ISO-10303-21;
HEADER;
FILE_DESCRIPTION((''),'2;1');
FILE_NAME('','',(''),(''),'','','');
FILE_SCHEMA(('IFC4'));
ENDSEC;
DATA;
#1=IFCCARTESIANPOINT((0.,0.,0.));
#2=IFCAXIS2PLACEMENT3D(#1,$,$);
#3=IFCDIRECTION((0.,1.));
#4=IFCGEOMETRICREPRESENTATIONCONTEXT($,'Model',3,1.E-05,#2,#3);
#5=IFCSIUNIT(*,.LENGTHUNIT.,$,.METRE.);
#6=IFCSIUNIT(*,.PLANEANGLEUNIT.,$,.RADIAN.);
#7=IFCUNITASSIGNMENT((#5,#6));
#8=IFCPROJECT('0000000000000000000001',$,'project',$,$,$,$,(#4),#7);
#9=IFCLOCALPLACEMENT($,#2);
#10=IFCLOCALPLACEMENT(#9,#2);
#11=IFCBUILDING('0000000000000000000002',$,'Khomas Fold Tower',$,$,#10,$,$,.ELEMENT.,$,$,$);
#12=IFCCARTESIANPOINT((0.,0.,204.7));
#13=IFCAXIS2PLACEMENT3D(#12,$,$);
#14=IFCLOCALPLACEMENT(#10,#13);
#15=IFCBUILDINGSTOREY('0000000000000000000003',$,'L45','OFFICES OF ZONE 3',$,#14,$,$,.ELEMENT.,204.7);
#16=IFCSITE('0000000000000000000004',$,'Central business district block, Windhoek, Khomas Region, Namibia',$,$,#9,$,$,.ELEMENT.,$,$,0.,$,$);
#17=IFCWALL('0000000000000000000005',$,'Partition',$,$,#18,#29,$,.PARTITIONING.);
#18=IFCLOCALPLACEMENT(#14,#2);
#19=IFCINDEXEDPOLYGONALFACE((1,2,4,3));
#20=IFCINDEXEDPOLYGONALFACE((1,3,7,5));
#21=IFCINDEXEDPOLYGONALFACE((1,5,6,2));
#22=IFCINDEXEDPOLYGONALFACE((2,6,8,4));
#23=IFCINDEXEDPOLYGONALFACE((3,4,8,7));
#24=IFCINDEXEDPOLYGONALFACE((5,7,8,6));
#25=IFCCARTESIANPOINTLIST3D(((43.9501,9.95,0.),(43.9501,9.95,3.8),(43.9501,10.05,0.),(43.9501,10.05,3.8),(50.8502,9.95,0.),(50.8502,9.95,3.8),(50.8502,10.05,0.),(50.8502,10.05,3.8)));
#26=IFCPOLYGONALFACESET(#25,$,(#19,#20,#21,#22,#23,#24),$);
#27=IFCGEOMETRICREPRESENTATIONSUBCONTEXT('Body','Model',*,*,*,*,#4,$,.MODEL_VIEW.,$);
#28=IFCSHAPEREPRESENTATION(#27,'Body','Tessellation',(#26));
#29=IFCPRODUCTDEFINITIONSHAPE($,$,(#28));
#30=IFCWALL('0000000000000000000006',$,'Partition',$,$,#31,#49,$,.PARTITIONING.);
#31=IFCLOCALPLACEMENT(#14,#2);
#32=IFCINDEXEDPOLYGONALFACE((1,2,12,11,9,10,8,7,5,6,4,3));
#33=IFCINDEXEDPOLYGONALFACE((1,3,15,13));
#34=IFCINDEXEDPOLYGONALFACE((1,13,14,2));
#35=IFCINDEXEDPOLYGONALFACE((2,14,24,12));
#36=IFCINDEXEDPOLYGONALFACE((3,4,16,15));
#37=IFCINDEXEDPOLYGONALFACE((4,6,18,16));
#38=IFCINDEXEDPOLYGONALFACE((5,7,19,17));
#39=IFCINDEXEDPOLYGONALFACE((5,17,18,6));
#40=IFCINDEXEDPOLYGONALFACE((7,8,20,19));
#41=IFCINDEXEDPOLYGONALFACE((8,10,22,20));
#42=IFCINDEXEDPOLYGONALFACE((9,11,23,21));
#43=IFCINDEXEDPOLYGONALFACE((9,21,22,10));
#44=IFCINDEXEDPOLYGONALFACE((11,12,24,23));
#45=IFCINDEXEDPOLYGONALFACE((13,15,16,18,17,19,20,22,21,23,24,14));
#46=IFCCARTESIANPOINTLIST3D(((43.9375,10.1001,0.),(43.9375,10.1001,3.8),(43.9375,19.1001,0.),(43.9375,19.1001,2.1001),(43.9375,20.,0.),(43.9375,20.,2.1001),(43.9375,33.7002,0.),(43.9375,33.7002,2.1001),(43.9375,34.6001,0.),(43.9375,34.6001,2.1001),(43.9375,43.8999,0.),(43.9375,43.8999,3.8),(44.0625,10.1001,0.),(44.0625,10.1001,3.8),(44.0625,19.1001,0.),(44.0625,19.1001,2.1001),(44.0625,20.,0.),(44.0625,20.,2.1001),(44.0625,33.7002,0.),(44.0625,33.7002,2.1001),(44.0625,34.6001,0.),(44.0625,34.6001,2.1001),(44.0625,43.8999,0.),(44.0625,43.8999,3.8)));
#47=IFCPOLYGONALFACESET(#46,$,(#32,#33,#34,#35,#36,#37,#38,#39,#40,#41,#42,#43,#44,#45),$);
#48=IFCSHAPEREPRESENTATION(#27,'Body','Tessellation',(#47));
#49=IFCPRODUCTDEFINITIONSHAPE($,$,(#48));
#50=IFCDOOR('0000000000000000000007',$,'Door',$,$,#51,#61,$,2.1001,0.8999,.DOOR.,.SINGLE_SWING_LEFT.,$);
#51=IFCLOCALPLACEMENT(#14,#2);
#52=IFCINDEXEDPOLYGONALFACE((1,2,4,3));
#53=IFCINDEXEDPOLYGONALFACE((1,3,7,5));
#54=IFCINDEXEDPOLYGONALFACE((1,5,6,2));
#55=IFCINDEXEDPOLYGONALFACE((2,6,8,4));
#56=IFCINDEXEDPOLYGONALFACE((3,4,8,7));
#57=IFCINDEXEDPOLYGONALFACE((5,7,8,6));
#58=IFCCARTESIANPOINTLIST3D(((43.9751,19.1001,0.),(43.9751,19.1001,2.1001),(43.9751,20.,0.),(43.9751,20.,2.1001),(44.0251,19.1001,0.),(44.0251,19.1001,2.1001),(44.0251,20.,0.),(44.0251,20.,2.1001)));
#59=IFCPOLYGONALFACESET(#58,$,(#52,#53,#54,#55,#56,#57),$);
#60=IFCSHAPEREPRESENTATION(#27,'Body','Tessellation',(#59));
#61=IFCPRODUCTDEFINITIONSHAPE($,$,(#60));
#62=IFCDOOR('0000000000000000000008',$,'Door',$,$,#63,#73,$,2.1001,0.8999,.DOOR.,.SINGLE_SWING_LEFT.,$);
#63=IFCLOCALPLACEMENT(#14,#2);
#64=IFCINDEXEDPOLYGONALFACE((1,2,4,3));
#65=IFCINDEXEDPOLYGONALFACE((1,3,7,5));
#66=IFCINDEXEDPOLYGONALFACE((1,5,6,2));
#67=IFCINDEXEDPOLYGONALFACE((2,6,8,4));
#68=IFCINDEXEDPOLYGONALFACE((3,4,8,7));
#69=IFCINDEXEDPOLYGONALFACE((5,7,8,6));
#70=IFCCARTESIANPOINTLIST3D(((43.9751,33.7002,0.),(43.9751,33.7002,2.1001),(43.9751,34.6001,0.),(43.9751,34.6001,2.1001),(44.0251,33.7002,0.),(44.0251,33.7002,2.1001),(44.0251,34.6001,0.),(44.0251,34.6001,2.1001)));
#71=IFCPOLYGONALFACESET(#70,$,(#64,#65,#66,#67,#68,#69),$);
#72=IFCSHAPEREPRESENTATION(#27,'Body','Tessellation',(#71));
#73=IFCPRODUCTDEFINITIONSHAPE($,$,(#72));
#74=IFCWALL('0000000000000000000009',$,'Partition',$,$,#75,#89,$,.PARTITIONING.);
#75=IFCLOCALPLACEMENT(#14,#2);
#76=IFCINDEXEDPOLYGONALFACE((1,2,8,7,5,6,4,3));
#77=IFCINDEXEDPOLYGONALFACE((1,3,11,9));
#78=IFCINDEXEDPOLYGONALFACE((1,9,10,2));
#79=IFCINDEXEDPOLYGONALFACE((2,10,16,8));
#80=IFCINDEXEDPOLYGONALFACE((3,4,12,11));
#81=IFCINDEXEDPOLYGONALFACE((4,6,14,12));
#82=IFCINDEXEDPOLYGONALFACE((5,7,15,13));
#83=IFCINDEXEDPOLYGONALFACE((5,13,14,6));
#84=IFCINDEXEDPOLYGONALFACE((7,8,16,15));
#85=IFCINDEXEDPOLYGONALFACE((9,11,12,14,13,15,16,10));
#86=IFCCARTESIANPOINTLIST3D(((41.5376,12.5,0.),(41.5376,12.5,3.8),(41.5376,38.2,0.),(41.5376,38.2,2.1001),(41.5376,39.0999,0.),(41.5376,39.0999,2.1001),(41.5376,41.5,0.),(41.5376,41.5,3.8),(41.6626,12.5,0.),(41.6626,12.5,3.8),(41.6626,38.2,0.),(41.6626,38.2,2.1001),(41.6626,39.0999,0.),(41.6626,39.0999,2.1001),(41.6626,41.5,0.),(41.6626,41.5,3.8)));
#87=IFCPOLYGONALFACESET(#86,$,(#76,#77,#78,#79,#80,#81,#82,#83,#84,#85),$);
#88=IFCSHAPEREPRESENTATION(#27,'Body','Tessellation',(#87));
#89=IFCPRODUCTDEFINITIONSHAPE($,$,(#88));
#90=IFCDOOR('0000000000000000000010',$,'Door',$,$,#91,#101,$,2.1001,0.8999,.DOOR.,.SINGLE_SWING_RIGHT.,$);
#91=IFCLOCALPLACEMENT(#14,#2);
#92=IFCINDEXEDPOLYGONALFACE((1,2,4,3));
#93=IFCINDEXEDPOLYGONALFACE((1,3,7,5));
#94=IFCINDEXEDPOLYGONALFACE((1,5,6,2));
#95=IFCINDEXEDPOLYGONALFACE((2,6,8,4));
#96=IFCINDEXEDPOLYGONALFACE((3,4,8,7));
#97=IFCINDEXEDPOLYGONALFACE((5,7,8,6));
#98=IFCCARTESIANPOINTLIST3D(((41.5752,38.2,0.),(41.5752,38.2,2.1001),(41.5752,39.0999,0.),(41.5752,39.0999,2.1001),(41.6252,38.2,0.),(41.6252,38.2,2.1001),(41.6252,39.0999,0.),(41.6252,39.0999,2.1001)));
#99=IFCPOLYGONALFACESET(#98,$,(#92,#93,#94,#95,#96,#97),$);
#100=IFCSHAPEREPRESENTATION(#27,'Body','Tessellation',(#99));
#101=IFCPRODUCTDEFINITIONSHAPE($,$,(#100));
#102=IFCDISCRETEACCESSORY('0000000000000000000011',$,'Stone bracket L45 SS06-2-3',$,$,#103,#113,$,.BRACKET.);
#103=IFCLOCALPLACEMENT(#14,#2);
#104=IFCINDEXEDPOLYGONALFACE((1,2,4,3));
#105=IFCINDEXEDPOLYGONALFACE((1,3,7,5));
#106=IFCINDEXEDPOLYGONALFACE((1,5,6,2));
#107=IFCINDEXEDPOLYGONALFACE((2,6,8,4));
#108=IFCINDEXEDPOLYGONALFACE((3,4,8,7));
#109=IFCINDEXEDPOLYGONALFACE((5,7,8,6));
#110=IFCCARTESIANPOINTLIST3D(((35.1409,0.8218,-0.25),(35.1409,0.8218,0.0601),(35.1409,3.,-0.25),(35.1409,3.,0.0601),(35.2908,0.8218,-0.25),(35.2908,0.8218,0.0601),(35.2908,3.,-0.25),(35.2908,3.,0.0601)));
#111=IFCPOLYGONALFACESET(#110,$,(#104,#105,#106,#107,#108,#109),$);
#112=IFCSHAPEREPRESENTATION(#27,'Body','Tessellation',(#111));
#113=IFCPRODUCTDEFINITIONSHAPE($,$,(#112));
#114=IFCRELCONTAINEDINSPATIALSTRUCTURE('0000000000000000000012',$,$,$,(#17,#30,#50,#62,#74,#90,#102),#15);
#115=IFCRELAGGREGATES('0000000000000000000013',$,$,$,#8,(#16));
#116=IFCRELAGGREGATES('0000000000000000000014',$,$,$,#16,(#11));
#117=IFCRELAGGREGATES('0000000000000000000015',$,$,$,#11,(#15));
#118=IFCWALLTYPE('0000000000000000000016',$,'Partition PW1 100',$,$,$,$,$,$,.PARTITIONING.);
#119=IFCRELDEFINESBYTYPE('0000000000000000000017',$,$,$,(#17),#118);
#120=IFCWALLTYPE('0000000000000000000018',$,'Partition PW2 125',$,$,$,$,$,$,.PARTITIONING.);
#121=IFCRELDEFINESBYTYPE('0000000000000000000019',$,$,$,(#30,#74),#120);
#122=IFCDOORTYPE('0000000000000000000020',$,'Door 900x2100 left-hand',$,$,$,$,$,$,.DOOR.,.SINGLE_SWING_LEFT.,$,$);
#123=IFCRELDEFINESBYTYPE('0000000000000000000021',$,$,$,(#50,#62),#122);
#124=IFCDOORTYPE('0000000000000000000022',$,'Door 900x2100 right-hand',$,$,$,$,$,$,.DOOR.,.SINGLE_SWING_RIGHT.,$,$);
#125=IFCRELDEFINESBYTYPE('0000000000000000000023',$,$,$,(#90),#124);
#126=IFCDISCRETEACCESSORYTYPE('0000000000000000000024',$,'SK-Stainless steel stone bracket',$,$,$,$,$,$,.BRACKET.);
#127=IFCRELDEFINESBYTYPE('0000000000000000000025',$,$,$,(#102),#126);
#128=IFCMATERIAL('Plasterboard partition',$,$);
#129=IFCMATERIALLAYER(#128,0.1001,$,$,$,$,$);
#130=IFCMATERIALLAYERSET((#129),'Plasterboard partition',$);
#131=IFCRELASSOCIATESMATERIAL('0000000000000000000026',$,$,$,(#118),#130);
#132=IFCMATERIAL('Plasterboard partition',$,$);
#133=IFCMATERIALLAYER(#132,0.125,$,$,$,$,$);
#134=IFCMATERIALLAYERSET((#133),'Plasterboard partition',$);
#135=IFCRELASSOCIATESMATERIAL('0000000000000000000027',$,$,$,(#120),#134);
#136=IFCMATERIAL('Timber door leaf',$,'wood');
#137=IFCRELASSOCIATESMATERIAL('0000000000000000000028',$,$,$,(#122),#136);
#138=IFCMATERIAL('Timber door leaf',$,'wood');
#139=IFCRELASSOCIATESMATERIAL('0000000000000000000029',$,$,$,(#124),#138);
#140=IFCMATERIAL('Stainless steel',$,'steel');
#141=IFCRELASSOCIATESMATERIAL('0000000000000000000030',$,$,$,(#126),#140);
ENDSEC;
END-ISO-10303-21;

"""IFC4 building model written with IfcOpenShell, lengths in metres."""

from ifc_helpers import new_model, si_unit, direction, frame, frame_2d, origin, origin_2d, place, context, subcontext, project, spatial, rectangle, extrude, source, transform, mapped, material, layer, layer_set, type_object, element, fill, save


model = new_model("IFC4")

# Units and contexts
model_context = context("Model", 3, precision=1e-05, world=origin(), true_north=direction((0.0, 1.0)))
body_context = subcontext(model_context, "Body", "Model", "MODEL_VIEW")
ifc_project = project(units=[si_unit("LENGTHUNIT", "METRE"), si_unit("PLANEANGLEUNIT", "RADIAN")], contexts=[model_context])

# Site, building, storey
site_placement = place(None, origin())
site = spatial("IfcSite", under=ifc_project, at=site_placement, Name="Central business district block, Windhoek, Khomas Region, Namibia", CompositionType="ELEMENT", RefElevation=0.0)
building_placement = place(site_placement, origin())
building = spatial("IfcBuilding", under=site, at=building_placement, Name="Khomas Fold Tower", CompositionType="ELEMENT")
storey_placement = place(building_placement, frame((0.0, 0.0, 204.7)))
storey = spatial("IfcBuildingStorey", under=building, at=storey_placement, Name="L45", Description="OFFICES OF ZONE 3", CompositionType="ELEMENT", Elevation=204.7)

# Wall
ifc_material_1 = material(Name="Plasterboard partition")
ifc_layer_1 = layer(ifc_material_1, 0.1001)
ifc_layer_set_1 = layer_set([ifc_layer_1], Name="Plasterboard partition")
wall_type_1 = type_object("IfcWallType", Name="Partition PW1 100", PredefinedType="PARTITIONING", material=ifc_layer_set_1)
shared_shape_1 = source(origin(), body_context, "Body", "SweptSolid", [
    extrude(rectangle(XDim=6.9001, YDim=0.1001, at=frame_2d((3.4502, 0.0))), origin(), (0.0, 0.0, 1.0), 3.8),
])
wall_1_placement = place(storey_placement, frame((43.95, 10.0, 0.0), z_axis=(0.0, 0.0, 1.0), x_axis=(1.0, 0.0, 0.0)))
element("IfcWall", 1, at=wall_1_placement, inside=storey, type_object=wall_type_1, Name="Partition", PredefinedType="PARTITIONING", context=body_context, shape_type="MappedRepresentation", body=[
    mapped(shared_shape_1, transform((0.0, 0.0, 0.0))),
])

# Wall, openings, doors
ifc_material_2 = material(Name="Plasterboard partition")
ifc_layer_2 = layer(ifc_material_2, 0.125)
ifc_layer_set_2 = layer_set([ifc_layer_2], Name="Plasterboard partition")
wall_type_2 = type_object("IfcWallType", Name="Partition PW2 125", PredefinedType="PARTITIONING", material=ifc_layer_set_2)
shared_shape_2 = source(origin(), body_context, "Body", "SweptSolid", [
    extrude(rectangle(XDim=33.7998, YDim=0.125, at=frame_2d((16.8999, 0.0))), origin(), (0.0, 0.0, 1.0), 3.8),
])
wall_2_placement = place(storey_placement, frame((44.0, 10.1001, 0.0), z_axis=(0.0, 0.0, 1.0), x_axis=(0.0, 1.0, 0.0)))
wall_2 = element("IfcWall", 2, at=wall_2_placement, inside=storey, type_object=wall_type_2, Name="Partition", PredefinedType="PARTITIONING", context=body_context, shape_type="MappedRepresentation", body=[
    mapped(shared_shape_2, transform((0.0, 0.0, 0.0))),
])
shared_shape_3 = source(origin(), body_context, "Body", "SweptSolid", [
    extrude(rectangle(XDim=0.8999, YDim=2.1001, at=frame_2d((0.45, 1.05))), frame((0.0, 0.0725, 0.0), z_axis=(0.0, -1.0, 0.0), x_axis=(1.0, 0.0, 0.0)), (0.0, 0.0, 1.0), 0.145),
])
opening_1_placement = place(wall_2_placement, frame((9.0, 0.0, 0.0)))
opening_1 = element("IfcOpeningElement", 3, at=opening_1_placement, cuts=wall_2, PredefinedType="OPENING", context=body_context, shape_type="MappedRepresentation", body=[
    mapped(shared_shape_3, transform((0.0, 0.0, 0.0))),
])
opening_2_placement = place(wall_2_placement, frame((23.6001, 0.0, 0.0)))
opening_2 = element("IfcOpeningElement", 4, at=opening_2_placement, cuts=wall_2, PredefinedType="OPENING", context=body_context, shape_type="MappedRepresentation", body=[
    mapped(shared_shape_3, transform((0.0, 0.0, 0.0))),
])
ifc_material_3 = material(Name="Timber door leaf", Category="wood")
door_type_1 = type_object("IfcDoorType", Name="Door 900x2100 left-hand", OperationType="SINGLE_SWING_LEFT", PredefinedType="DOOR", material=ifc_material_3)
shared_shape_4 = source(origin(), body_context, "Body", "SweptSolid", [
    extrude(rectangle(XDim=0.8999, YDim=2.1001, at=frame_2d((0.45, 1.05))), frame((0.0, 0.0249, 0.0), z_axis=(0.0, -1.0, 0.0), x_axis=(1.0, 0.0, 0.0)), (0.0, 0.0, 1.0), 0.05),
])
door_1_placement = place(opening_1_placement, origin())
door_1 = element("IfcDoor", 5, at=door_1_placement, inside=storey, type_object=door_type_1, Name="Door", OperationType="SINGLE_SWING_LEFT", OverallHeight=2.1001, OverallWidth=0.8999, PredefinedType="DOOR", context=body_context, shape_type="MappedRepresentation", body=[
    mapped(shared_shape_4, transform((0.0, 0.0, 0.0))),
])
fill(opening_1, door_1)
door_2_placement = place(opening_2_placement, origin())
door_2 = element("IfcDoor", 6, at=door_2_placement, inside=storey, type_object=door_type_1, Name="Door", OperationType="SINGLE_SWING_LEFT", OverallHeight=2.1001, OverallWidth=0.8999, PredefinedType="DOOR", context=body_context, shape_type="MappedRepresentation", body=[
    mapped(shared_shape_4, transform((0.0, 0.0, 0.0))),
])
fill(opening_2, door_2)

# Wall, opening, door
shared_shape_5 = source(origin(), body_context, "Body", "SweptSolid", [
    extrude(rectangle(XDim=29.0, YDim=0.125, at=frame_2d((14.5, 0.0))), origin(), (0.0, 0.0, 1.0), 3.8),
])
wall_3_placement = place(storey_placement, frame((41.6001, 12.5, 0.0), z_axis=(0.0, 0.0, 1.0), x_axis=(0.0, 1.0, 0.0)))
wall_3 = element("IfcWall", 7, at=wall_3_placement, inside=storey, type_object=wall_type_2, Name="Partition", PredefinedType="PARTITIONING", context=body_context, shape_type="MappedRepresentation", body=[
    mapped(shared_shape_5, transform((0.0, 0.0, 0.0))),
])
opening_3_placement = place(wall_3_placement, frame((25.7, 0.0, 0.0)))
opening_3 = element("IfcOpeningElement", 8, at=opening_3_placement, cuts=wall_3, PredefinedType="OPENING", context=body_context, shape_type="MappedRepresentation", body=[
    mapped(shared_shape_3, transform((0.0, 0.0, 0.0))),
])
ifc_material_4 = material(Name="Timber door leaf", Category="wood")
door_type_2 = type_object("IfcDoorType", Name="Door 900x2100 right-hand", OperationType="SINGLE_SWING_RIGHT", PredefinedType="DOOR", material=ifc_material_4)
door_3_placement = place(opening_3_placement, origin())
door_3 = element("IfcDoor", 9, at=door_3_placement, inside=storey, type_object=door_type_2, Name="Door", OperationType="SINGLE_SWING_RIGHT", OverallHeight=2.1001, OverallWidth=0.8999, PredefinedType="DOOR", context=body_context, shape_type="MappedRepresentation", body=[
    mapped(shared_shape_4, transform((0.0, 0.0, 0.0))),
])
fill(opening_3, door_3)

# Discrete accessory
ifc_material_5 = material(Name="Stainless steel", Category="steel")
discrete_accessory_type = type_object("IfcDiscreteAccessoryType", Name="SK-Stainless steel stone bracket", PredefinedType="BRACKET", material=ifc_material_5)
shared_shape_6 = source(origin(), body_context, "Body", "SweptSolid", [
    extrude(rectangle(XDim=2.1782, YDim=0.1499, at=origin_2d()), origin(), (0.0, 0.0, 1.0), 0.3101),
])
discrete_accessory_placement = place(storey_placement, frame((35.2158, 1.9109, -0.25), z_axis=(0.0, 0.0, 1.0), x_axis=(0.0, -1.0, 0.0)))
element("IfcDiscreteAccessory", 10, at=discrete_accessory_placement, inside=storey, type_object=discrete_accessory_type, Name="Stone bracket L45 SS06-2-3", PredefinedType="BRACKET", context=body_context, shape_type="MappedRepresentation", body=[
    mapped(shared_shape_6, transform((0.0, 0.0, 0.0))),
])

save(model, "model.ifc")
